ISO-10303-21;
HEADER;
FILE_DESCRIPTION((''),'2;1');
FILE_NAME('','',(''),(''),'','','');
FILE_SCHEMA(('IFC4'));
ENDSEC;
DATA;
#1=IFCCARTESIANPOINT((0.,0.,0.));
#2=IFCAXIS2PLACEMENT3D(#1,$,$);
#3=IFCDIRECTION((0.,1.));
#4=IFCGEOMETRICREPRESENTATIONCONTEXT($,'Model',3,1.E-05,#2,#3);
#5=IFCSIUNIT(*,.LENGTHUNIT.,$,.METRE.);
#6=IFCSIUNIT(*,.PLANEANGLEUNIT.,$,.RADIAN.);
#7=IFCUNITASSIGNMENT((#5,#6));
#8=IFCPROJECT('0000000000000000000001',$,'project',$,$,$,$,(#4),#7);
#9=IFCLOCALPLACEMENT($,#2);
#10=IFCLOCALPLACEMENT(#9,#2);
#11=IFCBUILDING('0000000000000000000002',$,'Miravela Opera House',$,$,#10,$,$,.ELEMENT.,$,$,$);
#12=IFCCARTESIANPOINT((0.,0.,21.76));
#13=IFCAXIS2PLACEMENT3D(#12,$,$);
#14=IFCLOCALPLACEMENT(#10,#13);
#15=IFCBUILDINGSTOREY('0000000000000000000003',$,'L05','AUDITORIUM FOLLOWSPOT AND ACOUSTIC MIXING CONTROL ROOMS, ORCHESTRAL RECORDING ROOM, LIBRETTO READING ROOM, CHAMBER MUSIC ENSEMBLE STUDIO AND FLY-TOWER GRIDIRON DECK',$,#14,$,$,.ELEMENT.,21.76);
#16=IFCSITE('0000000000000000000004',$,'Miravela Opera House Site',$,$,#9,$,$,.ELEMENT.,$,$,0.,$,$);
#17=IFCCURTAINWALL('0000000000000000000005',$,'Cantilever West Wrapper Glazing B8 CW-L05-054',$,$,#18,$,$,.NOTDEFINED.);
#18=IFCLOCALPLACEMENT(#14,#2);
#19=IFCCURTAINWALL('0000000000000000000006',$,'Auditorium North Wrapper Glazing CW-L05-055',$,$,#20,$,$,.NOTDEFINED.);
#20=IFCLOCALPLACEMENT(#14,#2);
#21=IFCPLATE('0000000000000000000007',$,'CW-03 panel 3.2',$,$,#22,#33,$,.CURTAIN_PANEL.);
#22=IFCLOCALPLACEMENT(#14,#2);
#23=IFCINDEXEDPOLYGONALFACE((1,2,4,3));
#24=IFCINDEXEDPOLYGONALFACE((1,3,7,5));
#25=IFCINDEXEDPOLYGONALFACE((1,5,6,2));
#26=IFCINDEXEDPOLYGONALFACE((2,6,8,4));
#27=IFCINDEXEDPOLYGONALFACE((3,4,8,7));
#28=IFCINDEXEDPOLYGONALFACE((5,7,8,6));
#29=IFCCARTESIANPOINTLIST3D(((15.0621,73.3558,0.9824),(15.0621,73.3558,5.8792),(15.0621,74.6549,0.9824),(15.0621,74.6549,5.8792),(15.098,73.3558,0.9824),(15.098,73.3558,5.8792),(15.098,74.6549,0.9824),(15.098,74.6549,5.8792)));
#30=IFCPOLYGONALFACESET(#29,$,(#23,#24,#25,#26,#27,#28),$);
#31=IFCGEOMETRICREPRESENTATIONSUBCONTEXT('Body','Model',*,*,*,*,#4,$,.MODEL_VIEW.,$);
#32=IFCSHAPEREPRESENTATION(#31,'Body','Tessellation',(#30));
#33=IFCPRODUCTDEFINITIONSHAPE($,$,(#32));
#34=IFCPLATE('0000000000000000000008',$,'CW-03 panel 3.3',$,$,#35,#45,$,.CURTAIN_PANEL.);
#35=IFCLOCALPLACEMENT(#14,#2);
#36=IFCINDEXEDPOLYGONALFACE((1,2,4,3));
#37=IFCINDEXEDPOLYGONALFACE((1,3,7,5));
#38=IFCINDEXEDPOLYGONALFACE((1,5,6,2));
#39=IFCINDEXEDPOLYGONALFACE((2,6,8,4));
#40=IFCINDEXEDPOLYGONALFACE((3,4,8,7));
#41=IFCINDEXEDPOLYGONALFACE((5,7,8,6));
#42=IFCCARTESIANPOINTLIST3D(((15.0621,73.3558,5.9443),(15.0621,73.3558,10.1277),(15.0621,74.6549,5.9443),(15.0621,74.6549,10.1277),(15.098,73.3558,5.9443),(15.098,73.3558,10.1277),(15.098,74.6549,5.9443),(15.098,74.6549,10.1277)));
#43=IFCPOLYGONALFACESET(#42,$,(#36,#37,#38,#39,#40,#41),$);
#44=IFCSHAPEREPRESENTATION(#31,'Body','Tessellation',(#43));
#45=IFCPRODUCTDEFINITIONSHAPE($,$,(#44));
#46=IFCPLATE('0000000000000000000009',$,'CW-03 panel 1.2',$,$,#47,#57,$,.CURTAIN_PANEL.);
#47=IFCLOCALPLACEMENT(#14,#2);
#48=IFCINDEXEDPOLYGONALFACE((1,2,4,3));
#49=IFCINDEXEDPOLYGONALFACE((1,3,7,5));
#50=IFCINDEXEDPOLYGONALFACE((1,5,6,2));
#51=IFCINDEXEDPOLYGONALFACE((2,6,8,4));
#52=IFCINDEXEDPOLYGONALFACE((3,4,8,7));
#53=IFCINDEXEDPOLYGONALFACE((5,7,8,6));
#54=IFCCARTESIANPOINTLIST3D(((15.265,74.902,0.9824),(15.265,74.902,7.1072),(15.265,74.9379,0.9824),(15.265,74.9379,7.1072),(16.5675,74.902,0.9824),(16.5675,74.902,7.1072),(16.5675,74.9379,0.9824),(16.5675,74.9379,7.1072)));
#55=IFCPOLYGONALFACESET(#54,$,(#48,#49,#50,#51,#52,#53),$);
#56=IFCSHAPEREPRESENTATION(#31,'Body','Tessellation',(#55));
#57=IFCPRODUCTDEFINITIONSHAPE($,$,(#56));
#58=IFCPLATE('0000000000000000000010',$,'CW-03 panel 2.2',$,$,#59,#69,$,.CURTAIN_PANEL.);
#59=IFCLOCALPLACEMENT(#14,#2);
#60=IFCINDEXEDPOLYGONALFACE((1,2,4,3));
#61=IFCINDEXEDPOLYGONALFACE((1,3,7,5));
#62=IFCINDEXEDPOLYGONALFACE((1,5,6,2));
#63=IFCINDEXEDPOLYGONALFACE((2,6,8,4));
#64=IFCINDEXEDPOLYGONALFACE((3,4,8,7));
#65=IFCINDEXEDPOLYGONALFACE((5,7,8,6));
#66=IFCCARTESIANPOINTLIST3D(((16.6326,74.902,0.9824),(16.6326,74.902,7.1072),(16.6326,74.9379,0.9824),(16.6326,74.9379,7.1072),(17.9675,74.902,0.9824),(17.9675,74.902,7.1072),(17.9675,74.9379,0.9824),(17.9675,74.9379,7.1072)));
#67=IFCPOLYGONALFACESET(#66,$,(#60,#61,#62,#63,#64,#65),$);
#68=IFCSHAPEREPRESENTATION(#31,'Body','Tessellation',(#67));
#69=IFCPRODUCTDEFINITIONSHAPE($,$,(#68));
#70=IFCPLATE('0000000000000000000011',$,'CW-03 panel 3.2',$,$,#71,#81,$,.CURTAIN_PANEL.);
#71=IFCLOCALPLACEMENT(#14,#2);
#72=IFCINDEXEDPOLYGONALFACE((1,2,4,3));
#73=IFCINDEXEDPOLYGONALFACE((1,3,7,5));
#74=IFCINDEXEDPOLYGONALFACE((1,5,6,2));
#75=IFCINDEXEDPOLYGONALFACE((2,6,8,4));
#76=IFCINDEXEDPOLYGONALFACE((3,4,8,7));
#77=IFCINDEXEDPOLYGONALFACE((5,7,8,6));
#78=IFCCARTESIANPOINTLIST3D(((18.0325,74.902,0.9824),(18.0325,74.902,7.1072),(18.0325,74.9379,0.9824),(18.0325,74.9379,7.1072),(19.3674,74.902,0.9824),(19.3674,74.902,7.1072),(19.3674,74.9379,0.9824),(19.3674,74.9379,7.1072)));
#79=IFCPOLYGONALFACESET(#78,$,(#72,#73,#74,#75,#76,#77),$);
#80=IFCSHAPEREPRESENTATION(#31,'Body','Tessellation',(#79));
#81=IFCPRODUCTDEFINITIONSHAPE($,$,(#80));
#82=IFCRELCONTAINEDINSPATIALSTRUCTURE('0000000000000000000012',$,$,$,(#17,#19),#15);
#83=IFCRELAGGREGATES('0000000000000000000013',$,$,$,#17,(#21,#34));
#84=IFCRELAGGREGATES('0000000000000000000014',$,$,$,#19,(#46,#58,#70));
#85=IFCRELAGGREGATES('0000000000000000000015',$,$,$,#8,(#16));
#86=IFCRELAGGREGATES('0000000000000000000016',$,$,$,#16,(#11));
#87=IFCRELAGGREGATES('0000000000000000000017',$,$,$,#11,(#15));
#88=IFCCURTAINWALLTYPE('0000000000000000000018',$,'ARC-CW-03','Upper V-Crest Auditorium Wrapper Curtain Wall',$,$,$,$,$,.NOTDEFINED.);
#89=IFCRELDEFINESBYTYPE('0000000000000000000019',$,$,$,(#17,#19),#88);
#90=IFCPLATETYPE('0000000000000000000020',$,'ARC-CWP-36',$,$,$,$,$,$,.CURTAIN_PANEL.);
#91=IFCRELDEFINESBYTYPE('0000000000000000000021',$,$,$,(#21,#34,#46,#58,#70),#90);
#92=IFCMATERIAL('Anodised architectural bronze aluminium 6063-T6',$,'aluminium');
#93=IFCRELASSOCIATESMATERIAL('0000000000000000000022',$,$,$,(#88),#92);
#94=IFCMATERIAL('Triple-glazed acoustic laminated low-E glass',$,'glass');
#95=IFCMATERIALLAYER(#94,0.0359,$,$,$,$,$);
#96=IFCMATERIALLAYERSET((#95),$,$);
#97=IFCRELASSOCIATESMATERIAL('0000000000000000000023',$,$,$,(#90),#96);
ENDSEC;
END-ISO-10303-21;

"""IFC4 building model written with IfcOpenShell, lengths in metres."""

from ifc_helpers import new_model, si_unit, direction, frame, origin, origin_2d, place, context, subcontext, project, spatial, rectangle, extrude, material, layer, layer_set, type_object, element, aggregate, save


model = new_model("IFC4")

# Units and contexts
model_context = context("Model", 3, precision=1e-05, world=origin(), true_north=direction((0.0, 1.0)))
body_context = subcontext(model_context, "Body", "Model", "MODEL_VIEW")
ifc_project = project(units=[si_unit("LENGTHUNIT", "METRE"), si_unit("PLANEANGLEUNIT", "RADIAN")], contexts=[model_context])

# Site, building, storey
site_placement = place(None, origin())
site = spatial("IfcSite", under=ifc_project, at=site_placement, Name="Miravela Opera House Site", CompositionType="ELEMENT", RefElevation=0.0)
building_placement = place(site_placement, origin())
building = spatial("IfcBuilding", under=site, at=building_placement, Name="Miravela Opera House", CompositionType="ELEMENT")
storey_placement = place(building_placement, frame((0.0, 0.0, 21.76)))
storey = spatial("IfcBuildingStorey", under=building, at=storey_placement, Name="L05", Description="AUDITORIUM FOLLOWSPOT AND ACOUSTIC MIXING CONTROL ROOMS, ORCHESTRAL RECORDING ROOM, LIBRETTO READING ROOM, CHAMBER MUSIC ENSEMBLE STUDIO AND FLY-TOWER GRIDIRON DECK", CompositionType="ELEMENT", Elevation=21.76)

# Curtain walls
ifc_material_1 = material(Name="Anodised architectural bronze aluminium 6063-T6", Category="aluminium")
curtain_wall_type = type_object("IfcCurtainWallType", Name="ARC-CW-03", Description="Upper V-Crest Auditorium Wrapper Curtain Wall", PredefinedType="NOTDEFINED", material=ifc_material_1)
curtain_wall_1_placement = place(storey_placement, origin())
curtain_wall_1 = element("IfcCurtainWall", 1, at=curtain_wall_1_placement, inside=storey, type_object=curtain_wall_type, Name="Cantilever West Wrapper Glazing B8 CW-L05-054", PredefinedType="NOTDEFINED")
curtain_wall_2_placement = place(storey_placement, origin())
curtain_wall_2 = element("IfcCurtainWall", 2, at=curtain_wall_2_placement, inside=storey, type_object=curtain_wall_type, Name="Auditorium North Wrapper Glazing CW-L05-055", PredefinedType="NOTDEFINED")

# Plates
ifc_material_2 = material(Name="Triple-glazed acoustic laminated low-E glass", Category="glass")
ifc_layer = layer(ifc_material_2, 0.0359)
ifc_layer_set = layer_set([ifc_layer])
plate_type = type_object("IfcPlateType", Name="ARC-CWP-36", PredefinedType="CURTAIN_PANEL", material=ifc_layer_set)
plate_1_placement = place(storey_placement, frame((15.0801, 74.0054, 0.9824), z_axis=(0.0, 0.0, 1.0), x_axis=(0.0, 1.0, 0.0)))
plate_1 = element("IfcPlate", 3, at=plate_1_placement, type_object=plate_type, Name="CW-03 panel 3.2", PredefinedType="CURTAIN_PANEL", context=body_context, shape_type="SweptSolid", body=[
    extrude(rectangle(XDim=1.2991, YDim=0.0359, at=origin_2d()), origin(), (0.0, 0.0, 1.0), 4.8967),
])
plate_2_placement = place(storey_placement, frame((15.0801, 74.0054, 5.9443), z_axis=(0.0, 0.0, 1.0), x_axis=(0.0, 1.0, 0.0)))
plate_2 = element("IfcPlate", 4, at=plate_2_placement, type_object=plate_type, Name="CW-03 panel 3.3", PredefinedType="CURTAIN_PANEL", context=body_context, shape_type="SweptSolid", body=[
    extrude(rectangle(XDim=1.2991, YDim=0.0359, at=origin_2d()), origin(), (0.0, 0.0, 1.0), 4.1833),
])
aggregate(curtain_wall_1, [plate_1, plate_2])
plate_3_placement = place(storey_placement, frame((15.9163, 74.9199, 0.9824), z_axis=(0.0, 0.0, 1.0), x_axis=(1.0, 0.0, 0.0)))
plate_3 = element("IfcPlate", 5, at=plate_3_placement, type_object=plate_type, Name="CW-03 panel 1.2", PredefinedType="CURTAIN_PANEL", context=body_context, shape_type="SweptSolid", body=[
    extrude(rectangle(XDim=1.3025, YDim=0.0359, at=origin_2d()), origin(), (0.0, 0.0, 1.0), 6.1248),
])
plate_4_placement = place(storey_placement, frame((17.3, 74.9199, 0.9824), z_axis=(0.0, 0.0, 1.0), x_axis=(1.0, 0.0, 0.0)))
plate_4 = element("IfcPlate", 6, at=plate_4_placement, type_object=plate_type, Name="CW-03 panel 2.2", PredefinedType="CURTAIN_PANEL", context=body_context, shape_type="SweptSolid", body=[
    extrude(rectangle(XDim=1.335, YDim=0.0359, at=origin_2d()), origin(), (0.0, 0.0, 1.0), 6.1248),
])
plate_5_placement = place(storey_placement, frame((18.7, 74.9199, 0.9824), z_axis=(0.0, 0.0, 1.0), x_axis=(1.0, 0.0, 0.0)))
plate_5 = element("IfcPlate", 7, at=plate_5_placement, type_object=plate_type, Name="CW-03 panel 3.2", PredefinedType="CURTAIN_PANEL", context=body_context, shape_type="SweptSolid", body=[
    extrude(rectangle(XDim=1.335, YDim=0.0359, at=origin_2d()), origin(), (0.0, 0.0, 1.0), 6.1248),
])
aggregate(curtain_wall_2, [plate_3, plate_4, plate_5])

save(model, "model.ifc")
